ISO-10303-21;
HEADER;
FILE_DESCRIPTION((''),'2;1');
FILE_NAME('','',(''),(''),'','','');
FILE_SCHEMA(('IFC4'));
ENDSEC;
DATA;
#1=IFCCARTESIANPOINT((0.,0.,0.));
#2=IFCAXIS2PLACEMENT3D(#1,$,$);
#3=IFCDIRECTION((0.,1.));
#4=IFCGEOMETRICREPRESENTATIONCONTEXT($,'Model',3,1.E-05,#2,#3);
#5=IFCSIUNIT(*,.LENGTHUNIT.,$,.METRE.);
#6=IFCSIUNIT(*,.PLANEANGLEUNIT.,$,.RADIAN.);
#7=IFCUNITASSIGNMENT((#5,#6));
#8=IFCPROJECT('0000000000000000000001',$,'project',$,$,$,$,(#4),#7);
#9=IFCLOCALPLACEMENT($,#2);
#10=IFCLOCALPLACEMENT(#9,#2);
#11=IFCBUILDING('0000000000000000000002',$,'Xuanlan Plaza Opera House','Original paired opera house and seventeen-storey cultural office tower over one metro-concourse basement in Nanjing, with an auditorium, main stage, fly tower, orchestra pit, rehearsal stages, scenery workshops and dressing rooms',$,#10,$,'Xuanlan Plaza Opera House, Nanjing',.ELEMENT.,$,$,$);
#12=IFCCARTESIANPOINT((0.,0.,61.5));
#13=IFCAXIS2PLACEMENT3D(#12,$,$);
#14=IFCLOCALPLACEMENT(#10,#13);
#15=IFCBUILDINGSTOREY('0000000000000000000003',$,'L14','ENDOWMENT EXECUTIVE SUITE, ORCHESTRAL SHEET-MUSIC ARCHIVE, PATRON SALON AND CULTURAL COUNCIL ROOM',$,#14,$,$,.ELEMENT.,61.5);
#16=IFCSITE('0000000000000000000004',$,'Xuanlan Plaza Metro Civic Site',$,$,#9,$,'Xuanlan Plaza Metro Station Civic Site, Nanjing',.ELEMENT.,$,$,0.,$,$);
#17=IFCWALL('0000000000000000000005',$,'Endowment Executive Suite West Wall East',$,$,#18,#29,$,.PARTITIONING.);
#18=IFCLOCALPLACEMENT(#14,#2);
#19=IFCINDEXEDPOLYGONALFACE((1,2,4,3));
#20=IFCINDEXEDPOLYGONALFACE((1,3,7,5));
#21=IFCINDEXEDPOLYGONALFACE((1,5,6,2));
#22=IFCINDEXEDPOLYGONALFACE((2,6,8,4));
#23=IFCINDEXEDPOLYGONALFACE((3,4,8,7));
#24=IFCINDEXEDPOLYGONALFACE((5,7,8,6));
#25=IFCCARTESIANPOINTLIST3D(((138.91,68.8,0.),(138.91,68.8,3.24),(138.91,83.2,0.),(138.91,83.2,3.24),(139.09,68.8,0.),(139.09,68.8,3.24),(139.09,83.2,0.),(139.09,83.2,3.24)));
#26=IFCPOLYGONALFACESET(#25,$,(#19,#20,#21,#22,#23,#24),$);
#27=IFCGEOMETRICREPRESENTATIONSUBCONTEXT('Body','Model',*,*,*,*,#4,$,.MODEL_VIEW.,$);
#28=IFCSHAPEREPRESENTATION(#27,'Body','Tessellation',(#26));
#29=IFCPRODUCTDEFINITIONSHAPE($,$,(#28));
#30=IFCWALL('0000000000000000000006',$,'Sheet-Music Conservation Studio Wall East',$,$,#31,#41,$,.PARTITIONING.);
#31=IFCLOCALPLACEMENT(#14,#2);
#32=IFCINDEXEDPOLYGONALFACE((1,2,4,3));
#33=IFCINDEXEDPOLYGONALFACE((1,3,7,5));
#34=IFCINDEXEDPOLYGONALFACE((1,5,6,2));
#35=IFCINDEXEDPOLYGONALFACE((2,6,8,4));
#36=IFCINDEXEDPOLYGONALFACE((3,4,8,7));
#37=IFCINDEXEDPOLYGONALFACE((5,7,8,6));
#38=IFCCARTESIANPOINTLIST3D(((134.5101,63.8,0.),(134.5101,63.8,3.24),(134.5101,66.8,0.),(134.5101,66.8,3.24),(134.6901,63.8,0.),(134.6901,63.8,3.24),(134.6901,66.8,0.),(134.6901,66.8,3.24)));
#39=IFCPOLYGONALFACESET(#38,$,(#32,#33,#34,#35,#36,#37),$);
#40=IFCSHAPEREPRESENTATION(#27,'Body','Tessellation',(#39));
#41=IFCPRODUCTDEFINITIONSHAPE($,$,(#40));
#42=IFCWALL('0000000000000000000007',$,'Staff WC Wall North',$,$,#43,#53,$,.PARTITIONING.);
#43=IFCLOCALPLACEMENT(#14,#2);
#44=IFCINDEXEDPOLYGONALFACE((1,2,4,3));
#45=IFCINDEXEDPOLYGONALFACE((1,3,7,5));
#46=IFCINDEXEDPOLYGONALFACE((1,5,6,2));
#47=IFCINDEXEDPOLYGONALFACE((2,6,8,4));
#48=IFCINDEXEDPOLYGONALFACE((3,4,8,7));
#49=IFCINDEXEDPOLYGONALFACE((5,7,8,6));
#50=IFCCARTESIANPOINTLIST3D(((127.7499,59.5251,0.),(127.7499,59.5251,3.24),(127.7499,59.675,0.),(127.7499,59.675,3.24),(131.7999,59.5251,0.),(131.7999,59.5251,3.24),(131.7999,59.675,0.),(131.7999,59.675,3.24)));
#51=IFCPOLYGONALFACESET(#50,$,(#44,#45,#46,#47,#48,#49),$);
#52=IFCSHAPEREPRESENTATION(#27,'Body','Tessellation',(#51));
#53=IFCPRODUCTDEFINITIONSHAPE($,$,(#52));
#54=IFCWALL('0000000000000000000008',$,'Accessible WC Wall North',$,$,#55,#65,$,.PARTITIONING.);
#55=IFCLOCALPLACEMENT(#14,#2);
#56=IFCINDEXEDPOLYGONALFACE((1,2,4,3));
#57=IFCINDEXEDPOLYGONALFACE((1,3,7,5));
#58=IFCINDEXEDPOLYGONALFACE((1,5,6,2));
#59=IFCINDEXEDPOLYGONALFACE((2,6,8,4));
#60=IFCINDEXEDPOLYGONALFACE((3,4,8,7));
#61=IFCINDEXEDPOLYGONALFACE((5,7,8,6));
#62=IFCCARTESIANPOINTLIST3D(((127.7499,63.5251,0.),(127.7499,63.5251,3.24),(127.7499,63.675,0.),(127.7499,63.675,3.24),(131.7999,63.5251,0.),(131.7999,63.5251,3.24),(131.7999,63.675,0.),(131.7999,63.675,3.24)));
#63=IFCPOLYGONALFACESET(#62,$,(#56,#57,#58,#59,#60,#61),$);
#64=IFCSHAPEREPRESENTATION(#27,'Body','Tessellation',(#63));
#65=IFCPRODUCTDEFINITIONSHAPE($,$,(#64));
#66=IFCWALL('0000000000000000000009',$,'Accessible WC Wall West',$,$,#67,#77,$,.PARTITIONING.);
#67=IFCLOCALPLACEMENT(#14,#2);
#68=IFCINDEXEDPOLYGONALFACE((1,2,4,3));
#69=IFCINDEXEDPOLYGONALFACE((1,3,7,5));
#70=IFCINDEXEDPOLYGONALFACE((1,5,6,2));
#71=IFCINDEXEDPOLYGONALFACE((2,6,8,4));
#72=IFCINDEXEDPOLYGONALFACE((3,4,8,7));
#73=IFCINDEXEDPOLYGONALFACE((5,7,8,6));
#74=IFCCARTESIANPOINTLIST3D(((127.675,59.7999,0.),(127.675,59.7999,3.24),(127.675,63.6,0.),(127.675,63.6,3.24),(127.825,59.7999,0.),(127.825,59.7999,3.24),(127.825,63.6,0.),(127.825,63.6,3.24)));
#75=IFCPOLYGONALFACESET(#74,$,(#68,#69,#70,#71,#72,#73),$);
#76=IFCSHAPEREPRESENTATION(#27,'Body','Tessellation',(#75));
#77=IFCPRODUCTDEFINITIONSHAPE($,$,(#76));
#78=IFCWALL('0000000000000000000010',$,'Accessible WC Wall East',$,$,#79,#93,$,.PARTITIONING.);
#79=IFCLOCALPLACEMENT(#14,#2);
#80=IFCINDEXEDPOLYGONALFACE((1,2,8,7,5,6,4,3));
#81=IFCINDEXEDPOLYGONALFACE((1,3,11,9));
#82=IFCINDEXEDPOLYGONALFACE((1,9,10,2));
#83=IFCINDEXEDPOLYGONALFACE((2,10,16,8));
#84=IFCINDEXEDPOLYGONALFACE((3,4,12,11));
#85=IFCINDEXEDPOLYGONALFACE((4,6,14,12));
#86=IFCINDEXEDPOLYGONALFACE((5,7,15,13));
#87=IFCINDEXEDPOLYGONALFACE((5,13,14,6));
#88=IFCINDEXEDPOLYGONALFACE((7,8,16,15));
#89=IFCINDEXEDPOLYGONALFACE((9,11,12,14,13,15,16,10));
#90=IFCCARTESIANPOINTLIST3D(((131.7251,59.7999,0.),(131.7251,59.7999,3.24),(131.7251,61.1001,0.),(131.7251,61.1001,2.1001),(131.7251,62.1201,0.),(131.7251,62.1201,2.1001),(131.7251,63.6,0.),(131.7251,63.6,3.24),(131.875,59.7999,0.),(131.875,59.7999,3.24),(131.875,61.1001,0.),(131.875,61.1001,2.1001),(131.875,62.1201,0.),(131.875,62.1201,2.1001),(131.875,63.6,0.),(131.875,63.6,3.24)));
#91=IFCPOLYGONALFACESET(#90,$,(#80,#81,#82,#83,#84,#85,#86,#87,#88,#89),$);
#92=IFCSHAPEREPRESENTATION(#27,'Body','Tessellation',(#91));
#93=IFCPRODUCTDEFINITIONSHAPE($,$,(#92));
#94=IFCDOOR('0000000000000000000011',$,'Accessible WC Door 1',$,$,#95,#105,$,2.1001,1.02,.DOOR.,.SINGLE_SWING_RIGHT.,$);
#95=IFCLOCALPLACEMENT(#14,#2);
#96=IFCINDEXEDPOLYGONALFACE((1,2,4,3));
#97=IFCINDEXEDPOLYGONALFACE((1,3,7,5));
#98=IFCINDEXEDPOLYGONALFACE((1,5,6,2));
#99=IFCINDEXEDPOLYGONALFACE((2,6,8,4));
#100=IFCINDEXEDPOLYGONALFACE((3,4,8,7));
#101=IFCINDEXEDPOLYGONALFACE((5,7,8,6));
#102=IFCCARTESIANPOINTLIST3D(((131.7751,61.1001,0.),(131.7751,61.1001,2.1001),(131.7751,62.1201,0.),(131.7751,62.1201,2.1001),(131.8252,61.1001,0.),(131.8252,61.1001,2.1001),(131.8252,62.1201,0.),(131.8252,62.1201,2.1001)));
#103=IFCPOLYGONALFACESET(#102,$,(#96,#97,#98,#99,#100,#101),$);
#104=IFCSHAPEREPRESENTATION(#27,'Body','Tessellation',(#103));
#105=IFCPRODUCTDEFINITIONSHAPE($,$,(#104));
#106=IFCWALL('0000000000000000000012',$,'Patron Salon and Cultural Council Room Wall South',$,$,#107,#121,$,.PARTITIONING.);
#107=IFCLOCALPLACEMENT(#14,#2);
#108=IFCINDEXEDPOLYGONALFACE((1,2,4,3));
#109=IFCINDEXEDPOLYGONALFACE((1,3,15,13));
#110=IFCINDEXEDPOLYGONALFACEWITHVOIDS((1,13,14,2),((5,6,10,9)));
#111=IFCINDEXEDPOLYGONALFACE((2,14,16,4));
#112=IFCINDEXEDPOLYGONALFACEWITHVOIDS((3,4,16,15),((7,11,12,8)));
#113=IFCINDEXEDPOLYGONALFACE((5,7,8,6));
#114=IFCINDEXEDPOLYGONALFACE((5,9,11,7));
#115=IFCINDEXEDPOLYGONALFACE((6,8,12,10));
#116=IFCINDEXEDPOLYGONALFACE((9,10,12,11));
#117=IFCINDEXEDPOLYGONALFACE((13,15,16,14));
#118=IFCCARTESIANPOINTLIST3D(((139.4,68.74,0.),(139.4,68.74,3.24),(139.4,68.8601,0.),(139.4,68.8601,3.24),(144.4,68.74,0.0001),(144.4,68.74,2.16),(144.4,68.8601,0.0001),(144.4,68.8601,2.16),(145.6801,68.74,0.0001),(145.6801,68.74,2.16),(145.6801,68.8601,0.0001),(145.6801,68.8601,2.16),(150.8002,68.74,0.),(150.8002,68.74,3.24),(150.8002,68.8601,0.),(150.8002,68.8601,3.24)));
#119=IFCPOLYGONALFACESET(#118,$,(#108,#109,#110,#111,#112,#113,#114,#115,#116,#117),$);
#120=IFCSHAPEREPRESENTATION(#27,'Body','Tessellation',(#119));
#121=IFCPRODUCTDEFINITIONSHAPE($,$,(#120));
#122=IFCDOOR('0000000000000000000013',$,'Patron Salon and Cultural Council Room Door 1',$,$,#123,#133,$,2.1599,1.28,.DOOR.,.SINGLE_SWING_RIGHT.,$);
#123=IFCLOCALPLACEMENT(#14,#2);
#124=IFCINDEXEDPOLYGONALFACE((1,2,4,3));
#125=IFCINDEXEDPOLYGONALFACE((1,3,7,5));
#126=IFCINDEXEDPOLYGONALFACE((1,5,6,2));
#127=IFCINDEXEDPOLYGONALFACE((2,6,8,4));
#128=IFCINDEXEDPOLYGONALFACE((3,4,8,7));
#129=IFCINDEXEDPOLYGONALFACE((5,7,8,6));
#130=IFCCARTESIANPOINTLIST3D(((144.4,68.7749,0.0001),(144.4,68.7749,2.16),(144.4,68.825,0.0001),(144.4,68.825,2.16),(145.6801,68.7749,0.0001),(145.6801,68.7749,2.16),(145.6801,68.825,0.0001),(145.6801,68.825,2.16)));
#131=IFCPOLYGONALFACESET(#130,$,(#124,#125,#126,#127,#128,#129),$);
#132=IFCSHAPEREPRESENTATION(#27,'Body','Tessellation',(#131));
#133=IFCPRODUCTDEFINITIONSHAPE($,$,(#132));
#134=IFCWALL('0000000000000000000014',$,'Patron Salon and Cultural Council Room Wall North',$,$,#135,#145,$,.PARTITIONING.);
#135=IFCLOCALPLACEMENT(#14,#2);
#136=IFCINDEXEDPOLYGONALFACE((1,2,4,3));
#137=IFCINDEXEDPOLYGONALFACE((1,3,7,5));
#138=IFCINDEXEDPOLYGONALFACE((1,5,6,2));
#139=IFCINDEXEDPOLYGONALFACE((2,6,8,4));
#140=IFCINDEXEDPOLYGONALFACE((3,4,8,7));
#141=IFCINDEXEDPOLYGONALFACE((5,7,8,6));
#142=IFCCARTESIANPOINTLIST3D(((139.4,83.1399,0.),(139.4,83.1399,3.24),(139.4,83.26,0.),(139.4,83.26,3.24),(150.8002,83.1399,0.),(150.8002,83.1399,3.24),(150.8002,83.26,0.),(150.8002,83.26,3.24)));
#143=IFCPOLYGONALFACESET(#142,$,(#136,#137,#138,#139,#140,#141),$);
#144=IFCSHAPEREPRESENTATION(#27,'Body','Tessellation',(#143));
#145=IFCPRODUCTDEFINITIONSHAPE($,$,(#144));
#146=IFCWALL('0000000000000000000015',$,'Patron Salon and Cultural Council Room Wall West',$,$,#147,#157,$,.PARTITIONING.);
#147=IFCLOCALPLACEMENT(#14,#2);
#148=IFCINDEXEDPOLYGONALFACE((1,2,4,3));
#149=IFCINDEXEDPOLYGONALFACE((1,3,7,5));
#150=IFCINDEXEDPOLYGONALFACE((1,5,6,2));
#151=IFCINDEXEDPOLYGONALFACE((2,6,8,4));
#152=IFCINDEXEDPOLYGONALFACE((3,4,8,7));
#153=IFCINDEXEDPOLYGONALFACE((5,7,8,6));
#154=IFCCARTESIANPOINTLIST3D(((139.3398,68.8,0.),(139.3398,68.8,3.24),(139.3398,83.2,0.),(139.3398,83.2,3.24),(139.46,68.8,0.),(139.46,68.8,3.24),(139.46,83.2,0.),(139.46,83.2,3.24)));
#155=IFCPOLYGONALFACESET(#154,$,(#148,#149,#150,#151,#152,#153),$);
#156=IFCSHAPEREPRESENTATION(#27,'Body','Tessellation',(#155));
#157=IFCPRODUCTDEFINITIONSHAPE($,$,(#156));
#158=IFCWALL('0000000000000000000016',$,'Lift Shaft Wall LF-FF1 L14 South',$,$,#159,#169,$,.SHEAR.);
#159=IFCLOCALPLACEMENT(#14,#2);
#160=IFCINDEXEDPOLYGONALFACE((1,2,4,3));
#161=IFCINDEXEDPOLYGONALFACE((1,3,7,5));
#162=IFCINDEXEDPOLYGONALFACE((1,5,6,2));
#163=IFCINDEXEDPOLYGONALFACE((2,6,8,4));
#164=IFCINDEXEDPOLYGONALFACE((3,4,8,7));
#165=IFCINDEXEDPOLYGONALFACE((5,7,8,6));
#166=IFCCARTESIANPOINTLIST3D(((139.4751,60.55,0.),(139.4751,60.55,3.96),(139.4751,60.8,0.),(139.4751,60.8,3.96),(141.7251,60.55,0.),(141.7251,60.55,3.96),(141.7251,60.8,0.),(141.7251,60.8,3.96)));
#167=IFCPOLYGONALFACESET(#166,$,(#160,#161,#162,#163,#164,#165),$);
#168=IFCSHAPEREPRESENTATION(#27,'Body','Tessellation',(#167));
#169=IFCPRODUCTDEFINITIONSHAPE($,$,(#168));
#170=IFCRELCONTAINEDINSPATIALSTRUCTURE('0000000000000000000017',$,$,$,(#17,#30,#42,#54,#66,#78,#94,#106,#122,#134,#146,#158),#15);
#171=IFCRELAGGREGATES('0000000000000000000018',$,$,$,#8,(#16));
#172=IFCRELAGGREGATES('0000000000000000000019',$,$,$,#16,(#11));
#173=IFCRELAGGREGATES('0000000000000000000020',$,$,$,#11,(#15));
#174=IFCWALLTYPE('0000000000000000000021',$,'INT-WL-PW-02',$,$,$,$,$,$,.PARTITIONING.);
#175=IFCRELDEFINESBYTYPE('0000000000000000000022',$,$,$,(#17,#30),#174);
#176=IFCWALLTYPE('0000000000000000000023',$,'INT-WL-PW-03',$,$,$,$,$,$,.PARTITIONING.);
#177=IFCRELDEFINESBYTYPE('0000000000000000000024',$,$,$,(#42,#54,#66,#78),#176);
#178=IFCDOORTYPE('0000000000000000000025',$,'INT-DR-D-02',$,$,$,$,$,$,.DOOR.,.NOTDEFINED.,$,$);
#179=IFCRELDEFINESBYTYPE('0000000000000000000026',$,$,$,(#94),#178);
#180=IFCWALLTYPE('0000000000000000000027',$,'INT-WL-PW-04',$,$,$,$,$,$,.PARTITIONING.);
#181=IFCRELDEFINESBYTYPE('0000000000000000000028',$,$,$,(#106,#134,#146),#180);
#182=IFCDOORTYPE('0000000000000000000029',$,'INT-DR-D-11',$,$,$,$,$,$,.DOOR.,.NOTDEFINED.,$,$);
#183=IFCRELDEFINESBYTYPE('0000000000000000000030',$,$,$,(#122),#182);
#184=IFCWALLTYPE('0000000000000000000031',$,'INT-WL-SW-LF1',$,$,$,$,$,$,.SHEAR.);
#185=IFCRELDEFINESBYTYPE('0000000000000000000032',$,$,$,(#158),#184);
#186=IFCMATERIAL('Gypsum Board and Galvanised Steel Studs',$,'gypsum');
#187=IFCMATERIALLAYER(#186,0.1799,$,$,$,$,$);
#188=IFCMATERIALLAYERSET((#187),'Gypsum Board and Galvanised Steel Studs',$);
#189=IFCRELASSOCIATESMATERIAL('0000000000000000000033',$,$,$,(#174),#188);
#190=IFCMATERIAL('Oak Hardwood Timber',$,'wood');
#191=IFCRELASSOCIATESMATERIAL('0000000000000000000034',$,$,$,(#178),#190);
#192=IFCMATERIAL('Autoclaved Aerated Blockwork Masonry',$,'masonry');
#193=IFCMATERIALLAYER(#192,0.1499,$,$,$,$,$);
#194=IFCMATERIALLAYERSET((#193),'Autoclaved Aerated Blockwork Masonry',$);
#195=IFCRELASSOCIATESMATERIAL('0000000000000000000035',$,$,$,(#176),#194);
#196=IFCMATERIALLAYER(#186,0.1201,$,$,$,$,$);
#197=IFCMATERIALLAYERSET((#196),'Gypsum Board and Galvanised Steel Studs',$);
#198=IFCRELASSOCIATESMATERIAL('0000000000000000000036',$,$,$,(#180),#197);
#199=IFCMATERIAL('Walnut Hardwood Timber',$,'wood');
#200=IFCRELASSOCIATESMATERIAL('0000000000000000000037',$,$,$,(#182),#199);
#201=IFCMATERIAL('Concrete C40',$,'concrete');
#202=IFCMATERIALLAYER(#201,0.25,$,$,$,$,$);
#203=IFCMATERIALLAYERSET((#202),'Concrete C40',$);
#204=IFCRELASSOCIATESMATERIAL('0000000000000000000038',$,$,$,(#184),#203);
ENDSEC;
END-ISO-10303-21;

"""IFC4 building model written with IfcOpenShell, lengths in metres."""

from ifc_helpers import new_model, si_unit, direction, frame, frame_2d, origin, place, context, subcontext, project, spatial, rectangle, extrude, material, layer, layer_set, type_object, element, fill, save


model = new_model("IFC4")

# Units and contexts
model_context = context("Model", 3, precision=1e-05, world=origin(), true_north=direction((0.0, 1.0)))
body_context = subcontext(model_context, "Body", "Model", "MODEL_VIEW")
ifc_project = project(units=[si_unit("LENGTHUNIT", "METRE"), si_unit("PLANEANGLEUNIT", "RADIAN")], contexts=[model_context])

# Site, building, storey
site_placement = place(None, origin())
site = spatial("IfcSite", under=ifc_project, at=site_placement, Name="Xuanlan Plaza Metro Civic Site", LongName="Xuanlan Plaza Metro Station Civic Site, Nanjing", CompositionType="ELEMENT", RefElevation=0.0)
building_placement = place(site_placement, origin())
building = spatial("IfcBuilding", under=site, at=building_placement, Name="Xuanlan Plaza Opera House", Description="Original paired opera house and seventeen-storey cultural office tower over one metro-concourse basement in Nanjing, with an auditorium, main stage, fly tower, orchestra pit, rehearsal stages, scenery workshops and dressing rooms", LongName="Xuanlan Plaza Opera House, Nanjing", CompositionType="ELEMENT")
storey_placement = place(building_placement, frame((0.0, 0.0, 61.5)))
storey = spatial("IfcBuildingStorey", under=building, at=storey_placement, Name="L14", Description="ENDOWMENT EXECUTIVE SUITE, ORCHESTRAL SHEET-MUSIC ARCHIVE, PATRON SALON AND CULTURAL COUNCIL ROOM", CompositionType="ELEMENT", Elevation=61.5)

# Shared definitions
ifc_material_1 = material(Name="Concrete C40", Category="concrete")

# Shared definitions
ifc_material_2 = material(Name="Gypsum Board and Galvanised Steel Studs", Category="gypsum")
ifc_layer_1 = layer(ifc_material_2, 0.1799)
ifc_layer_set_1 = layer_set([ifc_layer_1], Name="Gypsum Board and Galvanised Steel Studs")
wall_type_1 = type_object("IfcWallType", Name="INT-WL-PW-02", PredefinedType="PARTITIONING", material=ifc_layer_set_1)
ifc_material_3 = material(Name="Oak Hardwood Timber", Category="wood")
door_type_1 = type_object("IfcDoorType", Name="INT-DR-D-02", OperationType="NOTDEFINED", PredefinedType="DOOR", material=ifc_material_3)

# Walls
for number, where, z_axis, x_axis, name in (
    (1, (139.0, 68.8, 0.0), (0.0, 0.0, 1.0), (0.0, 1.0, 0.0), "Endowment Executive Suite West Wall East"),
):
    element("IfcWall", number, at=place(storey_placement, frame(where, z_axis=z_axis, x_axis=x_axis)), inside=storey, type_object=wall_type_1, Name=name, PredefinedType="PARTITIONING", context=body_context, shape_type="SweptSolid", body=[
        extrude(rectangle(XDim=14.3999, YDim=0.1799, at=frame_2d((7.2, 0.0))), origin(), (0.0, 0.0, 1.0), 3.24),
    ])
wall_1_placement = place(storey_placement, frame((134.6001, 63.8, 0.0), z_axis=(0.0, 0.0, 1.0), x_axis=(0.0, 1.0, 0.0)))
element("IfcWall", 2, at=wall_1_placement, inside=storey, type_object=wall_type_1, Name="Sheet-Music Conservation Studio Wall East", PredefinedType="PARTITIONING", context=body_context, shape_type="SweptSolid", body=[
    extrude(rectangle(XDim=3.0, YDim=0.1799, at=frame_2d((1.5, 0.0))), origin(), (0.0, 0.0, 1.0), 3.24),
])
ifc_material_4 = material(Name="Autoclaved Aerated Blockwork Masonry", Category="masonry")
ifc_layer_2 = layer(ifc_material_4, 0.1499)
ifc_layer_set_2 = layer_set([ifc_layer_2], Name="Autoclaved Aerated Blockwork Masonry")
wall_type_2 = type_object("IfcWallType", Name="INT-WL-PW-03", PredefinedType="PARTITIONING", material=ifc_layer_set_2)
for number, where, z_axis, x_axis, name in (
    (3, (127.75, 59.6001, 0.0), (0.0, 0.0, 1.0), (1.0, 0.0, 0.0), "Staff WC Wall North"),
    (4, (127.75, 63.6001, 0.0), (0.0, 0.0, 1.0), (1.0, 0.0, 0.0), "Accessible WC Wall North"),
):
    element("IfcWall", number, at=place(storey_placement, frame(where, z_axis=z_axis, x_axis=x_axis)), inside=storey, type_object=wall_type_2, Name=name, PredefinedType="PARTITIONING", context=body_context, shape_type="SweptSolid", body=[
        extrude(rectangle(XDim=4.05, YDim=0.1499, at=frame_2d((2.0249, 0.0))), origin(), (0.0, 0.0, 1.0), 3.24),
    ])
wall_2_placement = place(storey_placement, frame((127.75, 59.8, 0.0), z_axis=(0.0, 0.0, 1.0), x_axis=(0.0, 1.0, 0.0)))
element("IfcWall", 5, at=wall_2_placement, inside=storey, type_object=wall_type_2, Name="Accessible WC Wall West", PredefinedType="PARTITIONING", context=body_context, shape_type="SweptSolid", body=[
    extrude(rectangle(XDim=3.8, YDim=0.1499, at=frame_2d((1.8999, 0.0))), origin(), (0.0, 0.0, 1.0), 3.24),
])

# Walls, openings, doors
wall_3_placement = place(storey_placement, frame((131.8, 59.8, 0.0), z_axis=(0.0, 0.0, 1.0), x_axis=(0.0, 1.0, 0.0)))
wall_3 = element("IfcWall", 6, at=wall_3_placement, inside=storey, type_object=wall_type_2, Name="Accessible WC Wall East", PredefinedType="PARTITIONING", context=body_context, shape_type="SweptSolid", body=[
    extrude(rectangle(XDim=3.8, YDim=0.1499, at=frame_2d((1.8999, 0.0))), origin(), (0.0, 0.0, 1.0), 3.24),
])
opening_1_placement = place(wall_3_placement, frame((1.3, 0.0, 0.0)))
opening_1 = element("IfcOpeningElement", 7, at=opening_1_placement, cuts=wall_3, PredefinedType="OPENING", context=body_context, shape_type="SweptSolid", body=[
    extrude(rectangle(XDim=1.02, YDim=2.1001, at=frame_2d((0.51, 1.05))), frame((0.0, 0.085, 0.0), z_axis=(0.0, -1.0, 0.0), x_axis=(1.0, 0.0, 0.0)), (0.0, 0.0, 1.0), 0.1699),
])
door_1_placement = place(opening_1_placement, origin())
door_1 = element("IfcDoor", 8, at=door_1_placement, inside=storey, type_object=door_type_1, Name="Accessible WC Door 1", OperationType="SINGLE_SWING_RIGHT", OverallHeight=2.1001, OverallWidth=1.02, PredefinedType="DOOR", context=body_context, shape_type="SweptSolid", body=[
    extrude(rectangle(XDim=1.02, YDim=2.1001, at=frame_2d((0.51, 1.05))), frame((0.0, 0.0249, 0.0), z_axis=(0.0, -1.0, 0.0), x_axis=(1.0, 0.0, 0.0)), (0.0, 0.0, 1.0), 0.05),
])
fill(opening_1, door_1)
ifc_layer_3 = layer(ifc_material_2, 0.1201)
ifc_layer_set_3 = layer_set([ifc_layer_3], Name="Gypsum Board and Galvanised Steel Studs")
wall_type_3 = type_object("IfcWallType", Name="INT-WL-PW-04", PredefinedType="PARTITIONING", material=ifc_layer_set_3)
wall_4_placement = place(storey_placement, frame((139.3999, 68.8, 0.0), z_axis=(0.0, 0.0, 1.0), x_axis=(1.0, 0.0, 0.0)))
wall_4 = element("IfcWall", 9, at=wall_4_placement, inside=storey, type_object=wall_type_3, Name="Patron Salon and Cultural Council Room Wall South", PredefinedType="PARTITIONING", context=body_context, shape_type="SweptSolid", body=[
    extrude(rectangle(XDim=11.4001, YDim=0.1201, at=frame_2d((5.7002, 0.0))), origin(), (0.0, 0.0, 1.0), 3.24),
])
opening_2_placement = place(wall_4_placement, frame((5.0, 0.0, 0.0)))
opening_2 = element("IfcOpeningElement", 10, at=opening_2_placement, cuts=wall_4, PredefinedType="OPENING", context=body_context, shape_type="SweptSolid", body=[
    extrude(rectangle(XDim=1.28, YDim=2.1599, at=frame_2d((0.6401, 1.0801))), frame((0.0, 0.0701, 0.0), z_axis=(0.0, -1.0, 0.0), x_axis=(1.0, 0.0, 0.0)), (0.0, 0.0, 1.0), 0.1401),
])
ifc_material_5 = material(Name="Walnut Hardwood Timber", Category="wood")
door_type_2 = type_object("IfcDoorType", Name="INT-DR-D-11", OperationType="NOTDEFINED", PredefinedType="DOOR", material=ifc_material_5)
door_2_placement = place(opening_2_placement, origin())
door_2 = element("IfcDoor", 11, at=door_2_placement, inside=storey, type_object=door_type_2, Name="Patron Salon and Cultural Council Room Door 1", OperationType="SINGLE_SWING_RIGHT", OverallHeight=2.1599, OverallWidth=1.28, PredefinedType="DOOR", context=body_context, shape_type="SweptSolid", body=[
    extrude(rectangle(XDim=1.28, YDim=2.1599, at=frame_2d((0.6401, 1.0801))), frame((0.0, 0.0249, 0.0), z_axis=(0.0, -1.0, 0.0), x_axis=(1.0, 0.0, 0.0)), (0.0, 0.0, 1.0), 0.05),
])
fill(opening_2, door_2)

# Walls
wall_5_placement = place(storey_placement, frame((139.3999, 83.2, 0.0), z_axis=(0.0, 0.0, 1.0), x_axis=(1.0, 0.0, 0.0)))
element("IfcWall", 12, at=wall_5_placement, inside=storey, type_object=wall_type_3, Name="Patron Salon and Cultural Council Room Wall North", PredefinedType="PARTITIONING", context=body_context, shape_type="SweptSolid", body=[
    extrude(rectangle(XDim=11.4001, YDim=0.1201, at=frame_2d((5.7002, 0.0))), origin(), (0.0, 0.0, 1.0), 3.24),
])
wall_6_placement = place(storey_placement, frame((139.3999, 68.8, 0.0), z_axis=(0.0, 0.0, 1.0), x_axis=(0.0, 1.0, 0.0)))
element("IfcWall", 13, at=wall_6_placement, inside=storey, type_object=wall_type_3, Name="Patron Salon and Cultural Council Room Wall West", PredefinedType="PARTITIONING", context=body_context, shape_type="SweptSolid", body=[
    extrude(rectangle(XDim=14.3999, YDim=0.1201, at=frame_2d((7.2, 0.0))), origin(), (0.0, 0.0, 1.0), 3.24),
])
ifc_layer_4 = layer(ifc_material_1, 0.25)
ifc_layer_set_4 = layer_set([ifc_layer_4], Name="Concrete C40")
wall_type_4 = type_object("IfcWallType", Name="INT-WL-SW-LF1", PredefinedType="SHEAR", material=ifc_layer_set_4)
wall_7_placement = place(storey_placement, frame((139.4751, 60.675, 0.0), z_axis=(0.0, 0.0, 1.0), x_axis=(1.0, 0.0, 0.0)))
element("IfcWall", 14, at=wall_7_placement, inside=storey, type_object=wall_type_4, Name="Lift Shaft Wall LF-FF1 L14 South", PredefinedType="SHEAR", context=body_context, shape_type="SweptSolid", body=[
    extrude(rectangle(XDim=2.25, YDim=0.25, at=frame_2d((1.125, 0.0))), origin(), (0.0, 0.0, 1.0), 3.96),
])

save(model, "model.ifc")
